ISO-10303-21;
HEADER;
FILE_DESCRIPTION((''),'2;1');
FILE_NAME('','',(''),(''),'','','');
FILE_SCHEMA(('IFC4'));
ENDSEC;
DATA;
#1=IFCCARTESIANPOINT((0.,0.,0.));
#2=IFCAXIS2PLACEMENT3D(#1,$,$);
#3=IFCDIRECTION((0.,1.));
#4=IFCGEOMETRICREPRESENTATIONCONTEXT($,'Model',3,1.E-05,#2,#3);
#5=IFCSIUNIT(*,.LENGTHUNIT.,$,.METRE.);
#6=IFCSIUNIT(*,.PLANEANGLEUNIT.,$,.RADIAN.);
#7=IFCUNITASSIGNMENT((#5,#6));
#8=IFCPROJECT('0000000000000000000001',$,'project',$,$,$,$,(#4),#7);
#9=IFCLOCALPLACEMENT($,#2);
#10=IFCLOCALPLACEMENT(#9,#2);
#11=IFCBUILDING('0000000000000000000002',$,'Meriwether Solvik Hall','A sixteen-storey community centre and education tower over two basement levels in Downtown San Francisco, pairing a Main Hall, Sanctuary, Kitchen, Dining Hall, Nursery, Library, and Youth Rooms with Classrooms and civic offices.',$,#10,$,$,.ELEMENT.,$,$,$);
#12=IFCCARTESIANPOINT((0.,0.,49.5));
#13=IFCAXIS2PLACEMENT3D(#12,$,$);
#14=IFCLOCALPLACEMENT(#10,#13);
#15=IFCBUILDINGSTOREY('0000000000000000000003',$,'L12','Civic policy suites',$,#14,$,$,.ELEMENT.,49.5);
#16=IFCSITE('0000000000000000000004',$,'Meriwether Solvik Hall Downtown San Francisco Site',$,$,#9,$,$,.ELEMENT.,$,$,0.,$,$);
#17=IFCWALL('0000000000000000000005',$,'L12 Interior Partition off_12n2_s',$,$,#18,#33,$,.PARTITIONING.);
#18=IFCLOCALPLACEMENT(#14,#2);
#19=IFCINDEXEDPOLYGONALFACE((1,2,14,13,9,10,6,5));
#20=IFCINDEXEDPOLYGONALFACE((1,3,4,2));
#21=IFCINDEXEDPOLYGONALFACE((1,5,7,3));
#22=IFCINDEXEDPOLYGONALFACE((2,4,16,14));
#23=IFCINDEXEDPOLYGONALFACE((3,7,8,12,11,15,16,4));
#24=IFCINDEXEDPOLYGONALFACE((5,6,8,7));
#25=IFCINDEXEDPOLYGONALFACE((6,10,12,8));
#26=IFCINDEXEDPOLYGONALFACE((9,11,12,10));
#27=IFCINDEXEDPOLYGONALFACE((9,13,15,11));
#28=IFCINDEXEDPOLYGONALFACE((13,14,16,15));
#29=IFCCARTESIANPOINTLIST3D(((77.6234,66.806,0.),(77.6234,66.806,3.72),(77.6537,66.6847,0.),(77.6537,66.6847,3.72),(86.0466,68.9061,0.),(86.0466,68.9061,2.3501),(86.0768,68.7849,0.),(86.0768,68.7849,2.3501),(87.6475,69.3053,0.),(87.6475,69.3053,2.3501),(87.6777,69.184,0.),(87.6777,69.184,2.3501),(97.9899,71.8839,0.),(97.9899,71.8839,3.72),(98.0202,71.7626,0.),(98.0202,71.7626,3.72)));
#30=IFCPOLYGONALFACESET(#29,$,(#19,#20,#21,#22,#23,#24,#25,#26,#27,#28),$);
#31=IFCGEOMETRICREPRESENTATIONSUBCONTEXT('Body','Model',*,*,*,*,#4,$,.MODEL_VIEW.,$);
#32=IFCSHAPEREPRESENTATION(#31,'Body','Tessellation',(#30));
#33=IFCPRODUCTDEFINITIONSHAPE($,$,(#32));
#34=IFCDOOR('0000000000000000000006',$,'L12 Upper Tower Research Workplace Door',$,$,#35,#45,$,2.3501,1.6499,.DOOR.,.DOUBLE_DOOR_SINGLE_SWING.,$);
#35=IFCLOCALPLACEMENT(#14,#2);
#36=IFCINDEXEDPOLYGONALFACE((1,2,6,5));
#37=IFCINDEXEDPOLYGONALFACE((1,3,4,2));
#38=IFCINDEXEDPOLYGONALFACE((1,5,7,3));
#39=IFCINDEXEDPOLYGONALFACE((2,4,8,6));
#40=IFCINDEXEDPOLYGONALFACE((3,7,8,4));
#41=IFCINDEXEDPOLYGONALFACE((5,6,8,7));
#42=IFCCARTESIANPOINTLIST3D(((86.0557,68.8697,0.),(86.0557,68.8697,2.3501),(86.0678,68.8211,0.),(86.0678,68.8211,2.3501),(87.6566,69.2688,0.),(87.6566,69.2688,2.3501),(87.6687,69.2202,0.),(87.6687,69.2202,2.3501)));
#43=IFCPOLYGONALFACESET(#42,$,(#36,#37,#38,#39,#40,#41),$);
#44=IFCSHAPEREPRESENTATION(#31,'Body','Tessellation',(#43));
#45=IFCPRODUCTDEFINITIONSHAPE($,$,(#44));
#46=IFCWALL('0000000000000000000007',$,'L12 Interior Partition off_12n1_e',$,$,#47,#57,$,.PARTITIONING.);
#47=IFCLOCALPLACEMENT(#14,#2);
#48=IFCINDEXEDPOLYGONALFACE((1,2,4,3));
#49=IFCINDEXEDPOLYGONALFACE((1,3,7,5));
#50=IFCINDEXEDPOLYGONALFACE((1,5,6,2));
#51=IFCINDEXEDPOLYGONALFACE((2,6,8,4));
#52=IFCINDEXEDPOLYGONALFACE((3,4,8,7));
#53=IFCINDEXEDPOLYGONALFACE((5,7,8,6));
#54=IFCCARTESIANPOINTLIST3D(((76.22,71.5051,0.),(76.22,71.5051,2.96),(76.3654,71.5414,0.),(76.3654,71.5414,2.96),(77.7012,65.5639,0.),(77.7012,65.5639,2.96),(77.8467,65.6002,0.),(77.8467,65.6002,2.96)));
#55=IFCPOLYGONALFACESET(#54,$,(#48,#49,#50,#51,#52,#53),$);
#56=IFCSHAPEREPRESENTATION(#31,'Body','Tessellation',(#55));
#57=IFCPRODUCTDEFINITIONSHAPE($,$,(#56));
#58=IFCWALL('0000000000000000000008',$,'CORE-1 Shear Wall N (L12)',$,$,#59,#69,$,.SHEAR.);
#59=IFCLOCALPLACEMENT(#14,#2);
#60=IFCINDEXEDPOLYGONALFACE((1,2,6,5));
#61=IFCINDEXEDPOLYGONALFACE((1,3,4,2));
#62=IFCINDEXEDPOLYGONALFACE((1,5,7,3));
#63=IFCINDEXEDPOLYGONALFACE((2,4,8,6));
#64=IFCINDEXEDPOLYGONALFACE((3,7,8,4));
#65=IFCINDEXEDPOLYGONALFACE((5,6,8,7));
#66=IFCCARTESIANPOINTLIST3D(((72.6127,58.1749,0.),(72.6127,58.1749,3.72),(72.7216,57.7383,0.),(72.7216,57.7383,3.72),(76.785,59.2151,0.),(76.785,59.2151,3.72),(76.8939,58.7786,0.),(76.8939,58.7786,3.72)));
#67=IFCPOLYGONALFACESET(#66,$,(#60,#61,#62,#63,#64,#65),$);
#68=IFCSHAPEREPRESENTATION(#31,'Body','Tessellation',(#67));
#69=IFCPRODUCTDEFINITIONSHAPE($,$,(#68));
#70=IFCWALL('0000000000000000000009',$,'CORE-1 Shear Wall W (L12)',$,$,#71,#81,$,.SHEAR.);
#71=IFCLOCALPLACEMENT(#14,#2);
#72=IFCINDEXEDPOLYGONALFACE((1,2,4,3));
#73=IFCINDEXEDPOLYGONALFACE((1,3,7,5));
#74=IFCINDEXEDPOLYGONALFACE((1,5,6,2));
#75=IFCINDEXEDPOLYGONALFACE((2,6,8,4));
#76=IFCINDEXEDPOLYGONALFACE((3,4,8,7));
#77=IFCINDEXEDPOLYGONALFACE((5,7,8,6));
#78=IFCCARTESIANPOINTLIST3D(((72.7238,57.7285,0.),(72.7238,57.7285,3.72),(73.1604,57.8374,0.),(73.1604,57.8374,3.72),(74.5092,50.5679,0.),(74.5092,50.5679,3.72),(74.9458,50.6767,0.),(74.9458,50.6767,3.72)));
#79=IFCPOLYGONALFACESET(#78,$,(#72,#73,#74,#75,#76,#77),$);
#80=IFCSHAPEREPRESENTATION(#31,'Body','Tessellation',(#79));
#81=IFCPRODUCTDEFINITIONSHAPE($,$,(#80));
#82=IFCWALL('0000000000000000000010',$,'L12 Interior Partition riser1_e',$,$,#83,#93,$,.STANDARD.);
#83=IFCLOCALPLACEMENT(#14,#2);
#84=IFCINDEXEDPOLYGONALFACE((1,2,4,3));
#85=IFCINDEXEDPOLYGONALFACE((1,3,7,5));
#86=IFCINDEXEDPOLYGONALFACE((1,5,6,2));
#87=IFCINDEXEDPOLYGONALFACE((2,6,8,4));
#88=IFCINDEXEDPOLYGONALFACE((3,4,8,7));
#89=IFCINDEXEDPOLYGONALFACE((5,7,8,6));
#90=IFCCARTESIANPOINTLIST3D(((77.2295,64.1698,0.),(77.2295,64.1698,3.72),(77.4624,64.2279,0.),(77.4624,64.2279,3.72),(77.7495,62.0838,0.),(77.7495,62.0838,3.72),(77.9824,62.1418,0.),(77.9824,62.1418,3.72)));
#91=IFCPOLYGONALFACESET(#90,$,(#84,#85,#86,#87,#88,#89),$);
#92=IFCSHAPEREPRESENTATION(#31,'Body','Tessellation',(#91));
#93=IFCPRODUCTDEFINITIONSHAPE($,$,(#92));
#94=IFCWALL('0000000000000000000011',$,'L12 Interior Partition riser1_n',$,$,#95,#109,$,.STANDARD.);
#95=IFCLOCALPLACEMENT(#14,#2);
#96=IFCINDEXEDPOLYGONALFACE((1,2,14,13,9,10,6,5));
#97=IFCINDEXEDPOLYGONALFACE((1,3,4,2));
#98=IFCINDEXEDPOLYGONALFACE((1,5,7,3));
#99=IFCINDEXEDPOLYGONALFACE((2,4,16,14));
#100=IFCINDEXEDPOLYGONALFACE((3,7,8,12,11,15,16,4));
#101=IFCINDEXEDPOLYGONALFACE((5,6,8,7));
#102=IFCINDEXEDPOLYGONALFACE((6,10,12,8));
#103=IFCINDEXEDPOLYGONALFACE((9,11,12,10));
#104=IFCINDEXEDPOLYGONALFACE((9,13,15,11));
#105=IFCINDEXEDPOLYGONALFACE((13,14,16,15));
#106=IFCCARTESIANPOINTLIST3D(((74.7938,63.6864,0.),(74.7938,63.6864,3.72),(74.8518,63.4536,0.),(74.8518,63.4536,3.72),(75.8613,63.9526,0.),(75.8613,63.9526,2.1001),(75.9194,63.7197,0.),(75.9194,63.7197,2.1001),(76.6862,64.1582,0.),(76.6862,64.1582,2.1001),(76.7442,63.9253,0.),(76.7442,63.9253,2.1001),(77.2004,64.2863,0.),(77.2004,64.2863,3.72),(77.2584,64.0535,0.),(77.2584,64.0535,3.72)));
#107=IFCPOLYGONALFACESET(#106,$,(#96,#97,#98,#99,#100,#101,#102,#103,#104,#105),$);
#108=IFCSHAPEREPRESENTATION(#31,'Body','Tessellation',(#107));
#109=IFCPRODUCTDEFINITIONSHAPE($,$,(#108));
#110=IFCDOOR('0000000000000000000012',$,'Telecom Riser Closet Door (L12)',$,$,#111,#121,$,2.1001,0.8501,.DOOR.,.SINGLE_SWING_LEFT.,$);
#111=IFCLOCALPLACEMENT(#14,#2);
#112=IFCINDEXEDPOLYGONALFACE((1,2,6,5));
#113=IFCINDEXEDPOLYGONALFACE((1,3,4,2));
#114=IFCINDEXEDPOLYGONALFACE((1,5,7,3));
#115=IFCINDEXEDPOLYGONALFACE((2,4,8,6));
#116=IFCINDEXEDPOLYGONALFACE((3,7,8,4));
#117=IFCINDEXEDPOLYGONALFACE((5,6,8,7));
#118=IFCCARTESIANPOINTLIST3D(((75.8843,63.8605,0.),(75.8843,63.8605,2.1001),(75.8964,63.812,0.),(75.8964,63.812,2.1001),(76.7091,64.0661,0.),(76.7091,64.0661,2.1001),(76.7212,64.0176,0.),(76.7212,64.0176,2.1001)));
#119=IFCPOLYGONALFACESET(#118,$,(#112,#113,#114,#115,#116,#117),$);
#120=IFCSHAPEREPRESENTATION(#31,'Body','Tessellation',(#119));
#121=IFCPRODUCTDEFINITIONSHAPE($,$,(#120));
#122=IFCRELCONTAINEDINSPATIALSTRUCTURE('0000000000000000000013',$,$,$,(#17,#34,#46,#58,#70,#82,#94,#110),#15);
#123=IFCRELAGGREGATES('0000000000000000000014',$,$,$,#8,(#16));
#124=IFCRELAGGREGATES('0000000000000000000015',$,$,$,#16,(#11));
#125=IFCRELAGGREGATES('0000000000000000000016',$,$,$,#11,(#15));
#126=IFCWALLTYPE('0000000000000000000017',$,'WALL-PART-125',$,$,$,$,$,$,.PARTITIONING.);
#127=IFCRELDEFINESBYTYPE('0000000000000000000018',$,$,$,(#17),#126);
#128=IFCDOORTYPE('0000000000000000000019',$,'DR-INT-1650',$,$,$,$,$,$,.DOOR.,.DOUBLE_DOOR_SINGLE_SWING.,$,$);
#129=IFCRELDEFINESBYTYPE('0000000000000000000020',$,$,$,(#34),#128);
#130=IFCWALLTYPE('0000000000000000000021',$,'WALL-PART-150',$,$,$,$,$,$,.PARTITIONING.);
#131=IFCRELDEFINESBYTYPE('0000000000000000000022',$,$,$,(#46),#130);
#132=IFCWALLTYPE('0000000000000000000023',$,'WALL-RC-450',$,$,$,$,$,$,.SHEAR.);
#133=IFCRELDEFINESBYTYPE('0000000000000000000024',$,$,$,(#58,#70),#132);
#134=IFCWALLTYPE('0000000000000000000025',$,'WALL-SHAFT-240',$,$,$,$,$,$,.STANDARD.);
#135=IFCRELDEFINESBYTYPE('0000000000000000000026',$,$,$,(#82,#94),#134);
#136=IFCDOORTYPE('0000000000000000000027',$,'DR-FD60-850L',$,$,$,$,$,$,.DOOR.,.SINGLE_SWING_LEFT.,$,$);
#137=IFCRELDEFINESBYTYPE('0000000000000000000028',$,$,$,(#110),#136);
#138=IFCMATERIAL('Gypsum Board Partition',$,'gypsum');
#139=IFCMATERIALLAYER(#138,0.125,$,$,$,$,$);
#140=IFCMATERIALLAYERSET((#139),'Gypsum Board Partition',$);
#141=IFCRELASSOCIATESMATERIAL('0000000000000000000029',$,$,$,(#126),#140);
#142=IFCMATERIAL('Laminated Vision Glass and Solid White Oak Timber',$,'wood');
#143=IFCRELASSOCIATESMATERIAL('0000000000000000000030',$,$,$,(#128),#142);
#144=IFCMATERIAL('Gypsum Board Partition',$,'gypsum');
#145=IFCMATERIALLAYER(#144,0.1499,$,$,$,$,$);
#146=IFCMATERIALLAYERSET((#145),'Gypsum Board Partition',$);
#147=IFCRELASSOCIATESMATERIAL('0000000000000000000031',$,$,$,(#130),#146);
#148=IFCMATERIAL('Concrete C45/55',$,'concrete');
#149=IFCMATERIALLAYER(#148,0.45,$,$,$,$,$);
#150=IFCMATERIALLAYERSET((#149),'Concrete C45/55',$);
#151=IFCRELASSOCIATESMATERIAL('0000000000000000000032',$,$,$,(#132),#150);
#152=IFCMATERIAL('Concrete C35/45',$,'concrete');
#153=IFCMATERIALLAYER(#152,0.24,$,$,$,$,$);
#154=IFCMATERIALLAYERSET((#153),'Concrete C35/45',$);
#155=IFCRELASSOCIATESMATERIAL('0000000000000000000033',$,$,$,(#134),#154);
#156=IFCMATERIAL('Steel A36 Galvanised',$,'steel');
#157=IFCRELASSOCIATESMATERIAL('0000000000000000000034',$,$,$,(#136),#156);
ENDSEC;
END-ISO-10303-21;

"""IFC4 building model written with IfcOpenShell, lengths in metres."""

from ifc_helpers import new_model, si_unit, direction, frame, frame_2d, origin, place, context, subcontext, project, spatial, rectangle, extrude, material, layer, layer_set, type_object, element, fill, save


model = new_model("IFC4")

# Units and contexts
model_context = context("Model", 3, precision=1e-05, world=origin(), true_north=direction((0.0, 1.0)))
body_context = subcontext(model_context, "Body", "Model", "MODEL_VIEW")
ifc_project = project(units=[si_unit("LENGTHUNIT", "METRE"), si_unit("PLANEANGLEUNIT", "RADIAN")], contexts=[model_context])

# Site, building, storey
site_placement = place(None, origin())
site = spatial("IfcSite", under=ifc_project, at=site_placement, Name="Meriwether Solvik Hall Downtown San Francisco Site", CompositionType="ELEMENT", RefElevation=0.0)
building_placement = place(site_placement, origin())
building = spatial("IfcBuilding", under=site, at=building_placement, Name="Meriwether Solvik Hall", Description="A sixteen-storey community centre and education tower over two basement levels in Downtown San Francisco, pairing a Main Hall, Sanctuary, Kitchen, Dining Hall, Nursery, Library, and Youth Rooms with Classrooms and civic offices.", CompositionType="ELEMENT")
storey_placement = place(building_placement, frame((0.0, 0.0, 49.5)))
storey = spatial("IfcBuildingStorey", under=building, at=storey_placement, Name="L12", Description="Civic policy suites", CompositionType="ELEMENT", Elevation=49.5)

# Shared definitions
ifc_material_1 = material(Name="Gypsum Board Partition", Category="gypsum")
ifc_layer_1 = layer(ifc_material_1, 0.125)
ifc_layer_set_1 = layer_set([ifc_layer_1], Name="Gypsum Board Partition")
wall_type_1 = type_object("IfcWallType", Name="WALL-PART-125", PredefinedType="PARTITIONING", material=ifc_layer_set_1)

# Wall, opening, door
wall_1_placement = place(storey_placement, frame((77.6384, 66.7454, 0.0), z_axis=(0.0, 0.0, 1.0), x_axis=(0.970296, 0.24192, 0.0)))
wall_1 = element("IfcWall", 1, at=wall_1_placement, inside=storey, type_object=wall_type_1, Name="L12 Interior Partition off_12n2_s", PredefinedType="PARTITIONING", context=body_context, shape_type="SweptSolid", body=[
    extrude(rectangle(XDim=20.99, YDim=0.125, at=frame_2d((10.4951, 0.0))), origin(), (0.0, 0.0, 1.0), 3.72),
])
opening_1_placement = place(wall_1_placement, frame((8.6812, 0.0, 0.0)))
opening_1 = element("IfcOpeningElement", 2, at=opening_1_placement, cuts=wall_1, PredefinedType="OPENING", context=body_context, shape_type="SweptSolid", body=[
    extrude(rectangle(XDim=1.6499, YDim=2.3501, at=frame_2d((0.825, 1.175))), frame((0.0, 0.0745, 0.0), z_axis=(0.0, -1.0, 0.0), x_axis=(1.0, 0.0, 0.0)), (0.0, 0.0, 1.0), 0.1489),
])
ifc_material_2 = material(Name="Laminated Vision Glass and Solid White Oak Timber", Category="wood")
door_type_1 = type_object("IfcDoorType", Name="DR-INT-1650", OperationType="DOUBLE_DOOR_SINGLE_SWING", PredefinedType="DOOR", material=ifc_material_2)
door_1_placement = place(opening_1_placement, origin())
door_1 = element("IfcDoor", 3, at=door_1_placement, inside=storey, type_object=door_type_1, Name="L12 Upper Tower Research Workplace Door", OperationType="DOUBLE_DOOR_SINGLE_SWING", OverallHeight=2.3501, OverallWidth=1.6499, PredefinedType="DOOR", context=body_context, shape_type="SweptSolid", body=[
    extrude(rectangle(XDim=1.6499, YDim=2.3501, at=frame_2d((0.825, 1.175))), frame((0.0, 0.0249, 0.0), z_axis=(0.0, -1.0, 0.0), x_axis=(1.0, 0.0, 0.0)), (0.0, 0.0, 1.0), 0.05),
])
fill(opening_1, door_1)

# Walls
ifc_material_3 = material(Name="Gypsum Board Partition", Category="gypsum")
ifc_layer_2 = layer(ifc_material_3, 0.1499)
ifc_layer_set_2 = layer_set([ifc_layer_2], Name="Gypsum Board Partition")
wall_type_2 = type_object("IfcWallType", Name="WALL-PART-150", PredefinedType="PARTITIONING", material=ifc_layer_set_2)
wall_2_placement = place(storey_placement, frame((77.7739, 65.582, 0.0), z_axis=(0.0, 0.0, 1.0), x_axis=(-0.241907, 0.970299, 0.0)))
element("IfcWall", 4, at=wall_2_placement, inside=storey, type_object=wall_type_2, Name="L12 Interior Partition off_12n1_e", PredefinedType="PARTITIONING", context=body_context, shape_type="SweptSolid", body=[
    extrude(rectangle(XDim=6.123, YDim=0.1499, at=frame_2d((3.0615, 0.0))), origin(), (0.0, 0.0, 1.0), 2.96),
])
ifc_material_4 = material(Name="Concrete C45/55", Category="concrete")
ifc_layer_3 = layer(ifc_material_4, 0.45)
ifc_layer_set_3 = layer_set([ifc_layer_3], Name="Concrete C45/55")
wall_type_3 = type_object("IfcWallType", Name="WALL-RC-450", PredefinedType="SHEAR", material=ifc_layer_set_3)
wall_3_placement = place(storey_placement, frame((76.8394, 58.9968, 0.0), z_axis=(0.0, 0.0, 1.0), x_axis=(-0.970296, -0.241921, 0.0)))
element("IfcWall", 5, at=wall_3_placement, inside=storey, type_object=wall_type_3, Name="CORE-1 Shear Wall N (L12)", PredefinedType="SHEAR", context=body_context, shape_type="SweptSolid", body=[
    extrude(rectangle(XDim=4.3, YDim=0.45, at=frame_2d((2.1499, 0.0))), origin(), (0.0, 0.0, 1.0), 3.72),
])
wall_4_placement = place(storey_placement, frame((72.9421, 57.783, 0.0), z_axis=(0.0, 0.0, 1.0), x_axis=(0.241928, -0.970294, 0.0)))
element("IfcWall", 6, at=wall_4_placement, inside=storey, type_object=wall_type_3, Name="CORE-1 Shear Wall W (L12)", PredefinedType="SHEAR", context=body_context, shape_type="SweptSolid", body=[
    extrude(rectangle(XDim=7.3799, YDim=0.45, at=frame_2d((3.6899, 0.0))), origin(), (0.0, 0.0, 1.0), 3.72),
])
ifc_material_5 = material(Name="Concrete C35/45", Category="concrete")
ifc_layer_4 = layer(ifc_material_5, 0.24)
ifc_layer_set_4 = layer_set([ifc_layer_4], Name="Concrete C35/45")
wall_type_4 = type_object("IfcWallType", Name="WALL-SHAFT-240", PredefinedType="STANDARD", material=ifc_layer_set_4)
wall_5_placement = place(storey_placement, frame((77.866, 62.1128, 0.0), z_axis=(0.0, 0.0, 1.0), x_axis=(-0.241868, 0.970309, 0.0)))
element("IfcWall", 7, at=wall_5_placement, inside=storey, type_object=wall_type_4, Name="L12 Interior Partition riser1_e", PredefinedType="STANDARD", context=body_context, shape_type="SweptSolid", body=[
    extrude(rectangle(XDim=2.1499, YDim=0.24, at=frame_2d((1.075, 0.0))), origin(), (0.0, 0.0, 1.0), 3.72),
])

# Wall, opening, door
wall_6_placement = place(storey_placement, frame((77.2295, 64.1699, 0.0), z_axis=(0.0, 0.0, 1.0), x_axis=(-0.97031, -0.241864, 0.0)))
wall_6 = element("IfcWall", 8, at=wall_6_placement, inside=storey, type_object=wall_type_4, Name="L12 Interior Partition riser1_n", PredefinedType="STANDARD", context=body_context, shape_type="SweptSolid", body=[
    extrude(rectangle(XDim=2.4802, YDim=0.24, at=frame_2d((1.2402, 0.0))), origin(), (0.0, 0.0, 1.0), 3.72),
])
opening_2_placement = place(wall_6_placement, frame((0.53, 0.0, 0.0)))
opening_2 = element("IfcOpeningElement", 9, at=opening_2_placement, cuts=wall_6, PredefinedType="OPENING", context=body_context, shape_type="SweptSolid", body=[
    extrude(rectangle(XDim=0.8501, YDim=2.1001, at=frame_2d((0.425, 1.05))), frame((0.0, 0.1318, 0.0), z_axis=(0.0, -1.0, 0.0), x_axis=(1.0, 0.0, 0.0)), (0.0, 0.0, 1.0), 0.2639),
])
ifc_material_6 = material(Name="Steel A36 Galvanised", Category="steel")
door_type_2 = type_object("IfcDoorType", Name="DR-FD60-850L", OperationType="SINGLE_SWING_LEFT", PredefinedType="DOOR", material=ifc_material_6)
door_2_placement = place(opening_2_placement, origin())
door_2 = element("IfcDoor", 10, at=door_2_placement, inside=storey, type_object=door_type_2, Name="Telecom Riser Closet Door (L12)", OperationType="SINGLE_SWING_LEFT", OverallHeight=2.1001, OverallWidth=0.8501, PredefinedType="DOOR", context=body_context, shape_type="SweptSolid", body=[
    extrude(rectangle(XDim=0.8501, YDim=2.1001, at=frame_2d((0.425, 1.05))), frame((0.0, 0.0249, 0.0), z_axis=(0.0, -1.0, 0.0), x_axis=(1.0, 0.0, 0.0)), (0.0, 0.0, 1.0), 0.05),
])
fill(opening_2, door_2)

save(model, "model.ifc")
